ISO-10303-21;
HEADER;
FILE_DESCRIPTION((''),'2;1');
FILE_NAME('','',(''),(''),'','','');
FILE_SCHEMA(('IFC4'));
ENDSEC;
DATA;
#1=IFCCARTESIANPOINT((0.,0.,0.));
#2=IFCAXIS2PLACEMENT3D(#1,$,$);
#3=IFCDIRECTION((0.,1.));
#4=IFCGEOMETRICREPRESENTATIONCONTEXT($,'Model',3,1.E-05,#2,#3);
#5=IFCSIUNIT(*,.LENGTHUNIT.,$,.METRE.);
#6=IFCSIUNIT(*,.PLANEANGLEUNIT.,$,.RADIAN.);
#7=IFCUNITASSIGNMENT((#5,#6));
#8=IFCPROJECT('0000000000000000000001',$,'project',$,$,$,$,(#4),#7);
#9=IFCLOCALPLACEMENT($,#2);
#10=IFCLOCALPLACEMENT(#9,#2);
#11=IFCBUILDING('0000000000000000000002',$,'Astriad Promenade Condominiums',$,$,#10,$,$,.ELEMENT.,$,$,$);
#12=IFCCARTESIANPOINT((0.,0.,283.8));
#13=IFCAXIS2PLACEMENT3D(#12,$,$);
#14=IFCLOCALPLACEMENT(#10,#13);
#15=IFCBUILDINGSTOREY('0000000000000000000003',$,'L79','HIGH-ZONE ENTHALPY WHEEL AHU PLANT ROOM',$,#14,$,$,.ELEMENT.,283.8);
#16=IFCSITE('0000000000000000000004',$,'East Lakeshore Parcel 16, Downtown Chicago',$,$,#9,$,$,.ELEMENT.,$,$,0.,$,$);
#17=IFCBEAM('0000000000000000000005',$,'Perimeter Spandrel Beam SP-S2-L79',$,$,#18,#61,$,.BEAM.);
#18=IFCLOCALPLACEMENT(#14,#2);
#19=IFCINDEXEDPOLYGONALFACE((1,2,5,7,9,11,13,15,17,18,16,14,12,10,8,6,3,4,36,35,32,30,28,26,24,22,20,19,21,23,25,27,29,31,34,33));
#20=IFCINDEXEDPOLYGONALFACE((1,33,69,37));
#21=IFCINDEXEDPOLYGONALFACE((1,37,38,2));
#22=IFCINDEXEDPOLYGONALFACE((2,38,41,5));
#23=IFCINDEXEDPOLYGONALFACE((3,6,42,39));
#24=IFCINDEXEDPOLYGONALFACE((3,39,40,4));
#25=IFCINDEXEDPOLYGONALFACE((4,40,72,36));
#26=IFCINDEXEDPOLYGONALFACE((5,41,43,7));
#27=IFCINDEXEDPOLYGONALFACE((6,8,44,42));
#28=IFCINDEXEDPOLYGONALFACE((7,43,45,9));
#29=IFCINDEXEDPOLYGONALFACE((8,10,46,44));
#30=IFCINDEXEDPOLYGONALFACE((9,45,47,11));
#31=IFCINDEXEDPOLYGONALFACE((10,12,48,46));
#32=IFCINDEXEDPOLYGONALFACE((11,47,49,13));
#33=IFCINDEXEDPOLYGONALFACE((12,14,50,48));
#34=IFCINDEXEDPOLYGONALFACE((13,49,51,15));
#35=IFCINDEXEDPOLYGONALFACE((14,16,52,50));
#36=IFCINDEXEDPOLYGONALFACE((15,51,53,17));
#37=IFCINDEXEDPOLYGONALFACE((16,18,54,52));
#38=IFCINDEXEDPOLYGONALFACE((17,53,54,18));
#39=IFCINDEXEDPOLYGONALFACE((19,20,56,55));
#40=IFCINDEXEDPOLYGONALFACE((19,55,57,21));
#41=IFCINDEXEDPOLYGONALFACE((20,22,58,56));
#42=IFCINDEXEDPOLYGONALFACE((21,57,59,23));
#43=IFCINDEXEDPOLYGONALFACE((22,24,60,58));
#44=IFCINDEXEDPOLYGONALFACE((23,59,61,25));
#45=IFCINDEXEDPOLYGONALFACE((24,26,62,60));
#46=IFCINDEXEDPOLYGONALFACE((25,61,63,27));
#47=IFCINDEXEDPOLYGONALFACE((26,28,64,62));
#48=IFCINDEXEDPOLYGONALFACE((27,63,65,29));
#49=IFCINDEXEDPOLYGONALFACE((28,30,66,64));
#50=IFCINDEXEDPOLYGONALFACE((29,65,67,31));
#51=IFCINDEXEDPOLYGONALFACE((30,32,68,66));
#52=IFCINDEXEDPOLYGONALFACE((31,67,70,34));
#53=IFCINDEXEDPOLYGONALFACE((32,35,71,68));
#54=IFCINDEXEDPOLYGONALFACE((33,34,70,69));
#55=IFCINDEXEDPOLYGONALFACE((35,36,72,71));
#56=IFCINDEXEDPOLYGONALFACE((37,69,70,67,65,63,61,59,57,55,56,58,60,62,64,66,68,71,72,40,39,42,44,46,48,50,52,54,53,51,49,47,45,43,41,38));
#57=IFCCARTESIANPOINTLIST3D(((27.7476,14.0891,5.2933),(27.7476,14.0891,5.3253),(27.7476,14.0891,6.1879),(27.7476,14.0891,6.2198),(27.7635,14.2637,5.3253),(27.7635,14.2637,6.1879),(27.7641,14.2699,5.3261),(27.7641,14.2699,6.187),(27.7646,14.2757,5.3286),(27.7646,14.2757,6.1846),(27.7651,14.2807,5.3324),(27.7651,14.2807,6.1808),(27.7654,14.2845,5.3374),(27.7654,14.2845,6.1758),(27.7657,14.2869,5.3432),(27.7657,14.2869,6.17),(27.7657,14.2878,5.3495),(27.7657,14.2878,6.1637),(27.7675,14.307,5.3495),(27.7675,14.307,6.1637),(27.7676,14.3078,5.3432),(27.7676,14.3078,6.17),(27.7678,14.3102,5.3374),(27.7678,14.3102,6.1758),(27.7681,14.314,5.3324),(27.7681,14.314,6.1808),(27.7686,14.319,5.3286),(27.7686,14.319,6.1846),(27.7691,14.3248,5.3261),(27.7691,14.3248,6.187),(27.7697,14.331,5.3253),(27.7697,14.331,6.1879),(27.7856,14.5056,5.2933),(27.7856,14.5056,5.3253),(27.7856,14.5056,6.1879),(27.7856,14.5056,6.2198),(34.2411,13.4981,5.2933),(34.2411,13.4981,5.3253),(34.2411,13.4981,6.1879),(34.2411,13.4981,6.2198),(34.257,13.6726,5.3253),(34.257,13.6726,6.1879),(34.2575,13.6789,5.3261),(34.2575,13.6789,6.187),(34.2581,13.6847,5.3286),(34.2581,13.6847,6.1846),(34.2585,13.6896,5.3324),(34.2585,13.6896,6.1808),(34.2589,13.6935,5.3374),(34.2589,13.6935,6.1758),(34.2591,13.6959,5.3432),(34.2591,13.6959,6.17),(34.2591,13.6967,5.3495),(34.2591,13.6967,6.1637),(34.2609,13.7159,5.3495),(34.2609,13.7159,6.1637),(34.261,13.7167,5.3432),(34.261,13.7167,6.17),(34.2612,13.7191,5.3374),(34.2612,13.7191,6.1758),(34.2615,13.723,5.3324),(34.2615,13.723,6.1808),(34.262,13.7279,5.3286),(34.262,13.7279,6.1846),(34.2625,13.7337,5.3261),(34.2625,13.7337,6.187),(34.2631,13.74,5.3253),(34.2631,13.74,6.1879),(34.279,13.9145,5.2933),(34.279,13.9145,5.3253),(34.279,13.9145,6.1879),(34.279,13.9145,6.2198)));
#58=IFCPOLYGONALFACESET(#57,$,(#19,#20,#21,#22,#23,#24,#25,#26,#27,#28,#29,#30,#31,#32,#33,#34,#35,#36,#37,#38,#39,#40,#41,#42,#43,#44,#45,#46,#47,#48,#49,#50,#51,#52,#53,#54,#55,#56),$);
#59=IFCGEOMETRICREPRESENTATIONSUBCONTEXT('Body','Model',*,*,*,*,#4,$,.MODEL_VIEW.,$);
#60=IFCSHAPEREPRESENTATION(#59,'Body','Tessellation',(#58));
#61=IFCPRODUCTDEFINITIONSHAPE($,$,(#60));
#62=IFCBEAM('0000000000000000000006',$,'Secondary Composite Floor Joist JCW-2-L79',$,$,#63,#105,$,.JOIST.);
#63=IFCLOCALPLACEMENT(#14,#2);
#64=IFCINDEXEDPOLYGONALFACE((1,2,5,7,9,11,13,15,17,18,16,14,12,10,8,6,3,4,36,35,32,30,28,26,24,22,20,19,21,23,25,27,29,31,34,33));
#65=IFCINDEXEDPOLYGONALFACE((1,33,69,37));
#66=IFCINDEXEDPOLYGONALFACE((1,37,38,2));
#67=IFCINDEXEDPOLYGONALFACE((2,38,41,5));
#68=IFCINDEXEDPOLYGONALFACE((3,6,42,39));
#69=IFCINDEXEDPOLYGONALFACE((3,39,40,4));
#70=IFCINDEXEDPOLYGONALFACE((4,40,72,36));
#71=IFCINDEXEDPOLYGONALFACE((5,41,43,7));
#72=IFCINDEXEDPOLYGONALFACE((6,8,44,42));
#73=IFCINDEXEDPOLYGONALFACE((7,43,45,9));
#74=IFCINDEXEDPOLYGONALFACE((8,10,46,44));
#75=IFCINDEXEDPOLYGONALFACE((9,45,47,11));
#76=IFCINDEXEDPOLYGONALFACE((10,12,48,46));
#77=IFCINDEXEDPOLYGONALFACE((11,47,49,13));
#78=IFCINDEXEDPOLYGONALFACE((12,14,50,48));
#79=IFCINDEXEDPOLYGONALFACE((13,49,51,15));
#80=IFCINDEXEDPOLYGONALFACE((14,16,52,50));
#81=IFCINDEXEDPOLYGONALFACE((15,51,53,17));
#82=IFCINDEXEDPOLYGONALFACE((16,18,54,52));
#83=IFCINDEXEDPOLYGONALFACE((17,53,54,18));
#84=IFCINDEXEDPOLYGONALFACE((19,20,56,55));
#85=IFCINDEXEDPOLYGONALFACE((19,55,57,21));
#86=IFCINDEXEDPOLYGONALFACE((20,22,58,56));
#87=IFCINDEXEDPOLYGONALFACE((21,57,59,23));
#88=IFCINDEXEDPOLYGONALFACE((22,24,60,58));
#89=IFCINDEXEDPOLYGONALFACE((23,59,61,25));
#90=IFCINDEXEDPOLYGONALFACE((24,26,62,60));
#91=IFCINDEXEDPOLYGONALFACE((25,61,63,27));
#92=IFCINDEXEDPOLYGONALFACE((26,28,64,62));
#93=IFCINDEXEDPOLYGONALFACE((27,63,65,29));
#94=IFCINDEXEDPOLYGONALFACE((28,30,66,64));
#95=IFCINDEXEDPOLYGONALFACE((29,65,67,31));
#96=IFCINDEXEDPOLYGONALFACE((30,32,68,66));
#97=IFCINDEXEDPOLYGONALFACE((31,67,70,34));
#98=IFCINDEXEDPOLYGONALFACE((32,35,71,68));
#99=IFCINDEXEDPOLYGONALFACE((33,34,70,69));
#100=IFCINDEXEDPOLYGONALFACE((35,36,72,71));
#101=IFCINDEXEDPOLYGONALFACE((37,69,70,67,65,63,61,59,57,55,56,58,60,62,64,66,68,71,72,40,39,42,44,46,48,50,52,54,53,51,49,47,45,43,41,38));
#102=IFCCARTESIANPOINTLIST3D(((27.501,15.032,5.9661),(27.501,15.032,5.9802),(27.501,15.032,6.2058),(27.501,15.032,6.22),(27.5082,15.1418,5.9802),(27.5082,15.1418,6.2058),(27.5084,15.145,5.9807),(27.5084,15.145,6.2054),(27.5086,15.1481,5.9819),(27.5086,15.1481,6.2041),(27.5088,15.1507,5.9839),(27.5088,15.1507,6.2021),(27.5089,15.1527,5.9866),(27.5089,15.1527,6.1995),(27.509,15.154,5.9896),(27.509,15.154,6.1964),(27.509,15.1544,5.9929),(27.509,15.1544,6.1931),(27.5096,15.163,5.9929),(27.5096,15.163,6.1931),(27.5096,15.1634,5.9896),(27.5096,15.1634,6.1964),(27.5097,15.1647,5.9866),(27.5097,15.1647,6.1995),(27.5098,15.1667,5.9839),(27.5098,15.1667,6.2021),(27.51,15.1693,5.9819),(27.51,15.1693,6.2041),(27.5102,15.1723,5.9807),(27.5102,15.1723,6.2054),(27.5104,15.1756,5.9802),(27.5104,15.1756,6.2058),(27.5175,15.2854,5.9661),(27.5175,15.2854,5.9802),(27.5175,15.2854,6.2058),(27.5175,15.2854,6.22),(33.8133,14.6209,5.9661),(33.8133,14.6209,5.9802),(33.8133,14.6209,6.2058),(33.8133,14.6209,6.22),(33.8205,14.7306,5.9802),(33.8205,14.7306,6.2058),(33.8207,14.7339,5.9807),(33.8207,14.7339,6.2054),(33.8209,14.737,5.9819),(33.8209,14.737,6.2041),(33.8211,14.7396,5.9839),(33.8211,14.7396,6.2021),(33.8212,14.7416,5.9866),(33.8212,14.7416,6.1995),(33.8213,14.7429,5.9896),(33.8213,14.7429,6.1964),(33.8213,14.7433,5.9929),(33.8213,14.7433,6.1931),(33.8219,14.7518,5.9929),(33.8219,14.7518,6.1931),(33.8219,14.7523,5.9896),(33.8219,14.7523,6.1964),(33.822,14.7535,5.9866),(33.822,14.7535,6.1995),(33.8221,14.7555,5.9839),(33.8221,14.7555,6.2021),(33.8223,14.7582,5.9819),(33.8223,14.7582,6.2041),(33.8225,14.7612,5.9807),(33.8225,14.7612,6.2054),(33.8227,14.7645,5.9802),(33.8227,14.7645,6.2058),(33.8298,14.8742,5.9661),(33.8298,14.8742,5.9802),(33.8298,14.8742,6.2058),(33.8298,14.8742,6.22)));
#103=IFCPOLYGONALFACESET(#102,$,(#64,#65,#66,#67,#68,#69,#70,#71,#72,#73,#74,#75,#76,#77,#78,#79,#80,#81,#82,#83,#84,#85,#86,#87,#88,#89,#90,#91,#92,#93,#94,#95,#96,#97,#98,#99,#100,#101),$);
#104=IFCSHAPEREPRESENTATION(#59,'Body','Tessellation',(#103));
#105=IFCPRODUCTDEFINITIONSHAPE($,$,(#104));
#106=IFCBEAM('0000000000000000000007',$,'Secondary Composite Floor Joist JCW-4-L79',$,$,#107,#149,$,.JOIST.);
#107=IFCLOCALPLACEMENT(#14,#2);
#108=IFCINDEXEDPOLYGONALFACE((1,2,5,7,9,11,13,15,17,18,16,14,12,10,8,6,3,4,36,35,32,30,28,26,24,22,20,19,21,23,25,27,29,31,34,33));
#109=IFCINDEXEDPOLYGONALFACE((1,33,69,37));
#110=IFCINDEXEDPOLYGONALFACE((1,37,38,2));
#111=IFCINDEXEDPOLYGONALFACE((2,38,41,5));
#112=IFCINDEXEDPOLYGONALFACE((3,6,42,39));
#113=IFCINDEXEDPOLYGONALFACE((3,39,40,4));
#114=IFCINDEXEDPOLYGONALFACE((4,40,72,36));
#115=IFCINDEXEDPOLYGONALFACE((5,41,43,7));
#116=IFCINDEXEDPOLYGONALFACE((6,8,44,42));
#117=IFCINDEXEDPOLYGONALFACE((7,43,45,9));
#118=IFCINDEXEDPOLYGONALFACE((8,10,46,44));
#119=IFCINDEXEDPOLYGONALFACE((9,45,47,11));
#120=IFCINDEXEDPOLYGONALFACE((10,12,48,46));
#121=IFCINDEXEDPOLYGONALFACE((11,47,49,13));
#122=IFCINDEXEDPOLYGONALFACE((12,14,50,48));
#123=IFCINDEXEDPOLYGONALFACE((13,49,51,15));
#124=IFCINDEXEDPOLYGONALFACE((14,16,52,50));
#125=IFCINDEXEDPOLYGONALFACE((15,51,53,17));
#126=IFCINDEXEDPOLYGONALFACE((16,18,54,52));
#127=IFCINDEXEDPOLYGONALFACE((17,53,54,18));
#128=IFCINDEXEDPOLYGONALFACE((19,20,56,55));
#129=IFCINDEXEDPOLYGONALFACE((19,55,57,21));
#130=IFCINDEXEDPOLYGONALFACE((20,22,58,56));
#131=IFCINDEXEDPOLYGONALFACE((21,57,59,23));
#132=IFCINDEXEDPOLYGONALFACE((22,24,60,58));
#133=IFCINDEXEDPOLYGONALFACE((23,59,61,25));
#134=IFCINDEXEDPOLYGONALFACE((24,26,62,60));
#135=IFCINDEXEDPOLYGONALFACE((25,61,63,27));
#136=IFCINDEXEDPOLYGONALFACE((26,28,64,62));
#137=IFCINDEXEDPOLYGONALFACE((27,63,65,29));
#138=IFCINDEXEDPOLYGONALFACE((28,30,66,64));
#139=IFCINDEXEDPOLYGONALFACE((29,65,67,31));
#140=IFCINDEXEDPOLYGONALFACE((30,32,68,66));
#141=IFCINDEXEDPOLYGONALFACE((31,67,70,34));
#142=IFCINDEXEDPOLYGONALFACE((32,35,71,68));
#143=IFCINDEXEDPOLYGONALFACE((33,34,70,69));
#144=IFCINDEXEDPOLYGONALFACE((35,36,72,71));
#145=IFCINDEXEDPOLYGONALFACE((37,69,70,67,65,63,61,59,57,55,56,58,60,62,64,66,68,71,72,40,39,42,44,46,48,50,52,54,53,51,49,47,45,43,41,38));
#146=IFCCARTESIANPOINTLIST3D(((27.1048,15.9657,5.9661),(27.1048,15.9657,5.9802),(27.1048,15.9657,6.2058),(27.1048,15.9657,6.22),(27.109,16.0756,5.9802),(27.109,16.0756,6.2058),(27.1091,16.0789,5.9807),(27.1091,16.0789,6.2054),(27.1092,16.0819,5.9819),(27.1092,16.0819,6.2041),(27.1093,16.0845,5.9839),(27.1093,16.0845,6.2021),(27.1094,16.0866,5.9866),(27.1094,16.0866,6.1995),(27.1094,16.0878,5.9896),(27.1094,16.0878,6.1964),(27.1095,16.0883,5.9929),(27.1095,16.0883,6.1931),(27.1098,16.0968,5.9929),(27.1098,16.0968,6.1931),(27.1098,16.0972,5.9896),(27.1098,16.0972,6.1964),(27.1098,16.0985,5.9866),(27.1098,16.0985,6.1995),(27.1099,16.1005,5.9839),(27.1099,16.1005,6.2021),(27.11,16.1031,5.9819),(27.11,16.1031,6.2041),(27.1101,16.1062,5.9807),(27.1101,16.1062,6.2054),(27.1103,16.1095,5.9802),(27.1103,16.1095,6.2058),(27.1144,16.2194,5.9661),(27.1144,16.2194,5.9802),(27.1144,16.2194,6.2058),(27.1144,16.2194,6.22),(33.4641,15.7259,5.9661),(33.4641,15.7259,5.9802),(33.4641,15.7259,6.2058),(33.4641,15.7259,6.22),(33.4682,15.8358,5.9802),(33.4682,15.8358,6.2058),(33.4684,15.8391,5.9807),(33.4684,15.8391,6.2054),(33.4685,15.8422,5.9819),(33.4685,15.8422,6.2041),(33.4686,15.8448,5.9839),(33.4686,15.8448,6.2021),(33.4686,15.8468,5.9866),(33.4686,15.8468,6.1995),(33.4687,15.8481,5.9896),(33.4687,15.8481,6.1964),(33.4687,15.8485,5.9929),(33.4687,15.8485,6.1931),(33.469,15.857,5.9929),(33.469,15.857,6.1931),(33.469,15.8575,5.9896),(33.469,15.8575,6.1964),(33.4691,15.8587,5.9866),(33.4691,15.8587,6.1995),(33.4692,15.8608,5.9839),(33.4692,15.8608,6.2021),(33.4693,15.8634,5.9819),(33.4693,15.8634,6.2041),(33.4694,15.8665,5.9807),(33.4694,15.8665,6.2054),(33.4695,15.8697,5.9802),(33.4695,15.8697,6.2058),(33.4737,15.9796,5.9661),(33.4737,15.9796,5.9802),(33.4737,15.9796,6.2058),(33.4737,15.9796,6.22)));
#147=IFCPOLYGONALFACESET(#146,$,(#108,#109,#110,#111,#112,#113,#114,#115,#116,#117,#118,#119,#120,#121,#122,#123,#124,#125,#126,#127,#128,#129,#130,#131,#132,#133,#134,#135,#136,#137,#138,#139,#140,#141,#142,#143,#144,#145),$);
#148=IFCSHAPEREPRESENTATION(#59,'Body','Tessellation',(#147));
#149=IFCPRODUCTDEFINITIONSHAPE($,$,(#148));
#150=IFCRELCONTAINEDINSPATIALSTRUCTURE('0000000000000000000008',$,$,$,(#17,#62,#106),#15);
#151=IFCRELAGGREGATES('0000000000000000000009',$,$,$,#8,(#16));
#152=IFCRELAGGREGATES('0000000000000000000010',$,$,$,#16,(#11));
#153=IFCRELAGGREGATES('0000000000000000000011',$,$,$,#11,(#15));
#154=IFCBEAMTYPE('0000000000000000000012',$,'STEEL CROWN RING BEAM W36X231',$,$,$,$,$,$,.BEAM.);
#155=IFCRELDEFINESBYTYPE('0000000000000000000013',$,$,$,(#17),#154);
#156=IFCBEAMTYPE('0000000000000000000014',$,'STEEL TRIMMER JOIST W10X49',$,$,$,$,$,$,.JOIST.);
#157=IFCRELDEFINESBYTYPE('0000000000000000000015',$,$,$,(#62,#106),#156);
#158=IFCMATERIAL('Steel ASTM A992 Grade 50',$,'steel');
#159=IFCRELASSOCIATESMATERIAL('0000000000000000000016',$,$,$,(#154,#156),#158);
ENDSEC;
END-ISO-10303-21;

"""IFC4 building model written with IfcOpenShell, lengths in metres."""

from ifc_helpers import new_model, si_unit, direction, frame, origin, origin_2d, place, context, subcontext, project, spatial, i_section, extrude, source, transform, mapped, material, material_profile, profile_set, type_object, type_shapes, element, save


model = new_model("IFC4")

# Units and contexts
model_context = context("Model", 3, precision=1e-05, world=origin(), true_north=direction((0.0, 1.0)))
body_context = subcontext(model_context, "Body", "Model", "MODEL_VIEW")
ifc_project = project(units=[si_unit("LENGTHUNIT", "METRE"), si_unit("PLANEANGLEUNIT", "RADIAN")], contexts=[model_context])

# Site, building, storey
site_placement = place(None, origin())
site = spatial("IfcSite", under=ifc_project, at=site_placement, Name="East Lakeshore Parcel 16, Downtown Chicago", CompositionType="ELEMENT", RefElevation=0.0)
building_placement = place(site_placement, origin())
building = spatial("IfcBuilding", under=site, at=building_placement, Name="Astriad Promenade Condominiums", CompositionType="ELEMENT")
storey_placement = place(building_placement, frame((0.0, 0.0, 283.8)))
storey = spatial("IfcBuildingStorey", under=building, at=storey_placement, Name="L79", Description="HIGH-ZONE ENTHALPY WHEEL AHU PLANT ROOM", CompositionType="ELEMENT", Elevation=283.8)

# Shared definitions
ifc_material_1 = material(Name="Steel ASTM A992 Grade 50", Category="steel")

# Beams
ifc_material_profile_1 = material_profile(ifc_material_1, i_section(OverallWidth=0.4182, OverallDepth=0.9265, WebThickness=0.0193, FlangeThickness=0.032, FilletRadius=0.0242, at=origin_2d()), Name="W36X231")
ifc_profile_set_1 = profile_set([ifc_material_profile_1], Name="Steel ASTM A992 Grade 50")
beam_type_1 = type_object("IfcBeamType", Name="STEEL CROWN RING BEAM W36X231", PredefinedType="BEAM", material=ifc_profile_set_1)
shared_shape_1 = source(origin(), body_context, "Body", "SweptSolid", [
    extrude(i_section(OverallWidth=0.4182, OverallDepth=0.9265, WebThickness=0.0193, FlangeThickness=0.032, FilletRadius=0.0242, at=origin_2d()), origin(), (0.0, 0.0, 1.0), 6.5203),
])
type_shapes(beam_type_1, [shared_shape_1])
beam_1_placement = place(storey_placement, frame((27.7666, 14.2974, 5.7566), z_axis=(0.995883, -0.090651, 0.0), x_axis=(0.090651, 0.995883, 0.0)))
element("IfcBeam", 1, at=beam_1_placement, inside=storey, type_object=beam_type_1, Name="Perimeter Spandrel Beam SP-S2-L79", PredefinedType="BEAM", context=body_context, shape_type="MappedRepresentation", body=[
    mapped(shared_shape_1, transform((0.0, 0.0, 0.0), scale=1.0)),
])
ifc_material_profile_2 = material_profile(ifc_material_1, i_section(OverallWidth=0.2539, OverallDepth=0.2539, WebThickness=0.0085, FlangeThickness=0.0142, FilletRadius=0.0127, at=origin_2d()), Name="W10X49")
ifc_profile_set_2 = profile_set([ifc_material_profile_2], Name="Steel ASTM A992 Grade 50")
beam_type_2 = type_object("IfcBeamType", Name="STEEL TRIMMER JOIST W10X49", PredefinedType="JOIST", material=ifc_profile_set_2)
shared_shape_2 = source(origin(), body_context, "Body", "SweptSolid", [
    extrude(i_section(OverallWidth=0.2539, OverallDepth=0.2539, WebThickness=0.0085, FlangeThickness=0.0142, FilletRadius=0.0127, at=origin_2d()), origin(), (0.0, 0.0, 1.0), 6.3257),
])
beam_2_placement = place(storey_placement, frame((27.5093, 15.1587, 6.093), z_axis=(0.997886, -0.064995, 0.0), x_axis=(0.064995, 0.997886, 0.0)))
element("IfcBeam", 2, at=beam_2_placement, inside=storey, type_object=beam_type_2, Name="Secondary Composite Floor Joist JCW-2-L79", PredefinedType="JOIST", context=body_context, shape_type="MappedRepresentation", body=[
    mapped(shared_shape_2, transform((0.0, 0.0, 0.0), scale=1.0)),
])
shared_shape_3 = source(origin(), body_context, "Body", "SweptSolid", [
    extrude(i_section(OverallWidth=0.2539, OverallDepth=0.2539, WebThickness=0.0085, FlangeThickness=0.0142, FilletRadius=0.0127, at=origin_2d()), origin(), (0.0, 0.0, 1.0), 6.3638),
])
type_shapes(beam_type_2, [shared_shape_2, shared_shape_3])
beam_3_placement = place(storey_placement, frame((27.1096, 16.0925, 6.093), z_axis=(0.99929, -0.037674, 0.0), x_axis=(0.037674, 0.99929, 0.0)))
element("IfcBeam", 3, at=beam_3_placement, inside=storey, type_object=beam_type_2, Name="Secondary Composite Floor Joist JCW-4-L79", PredefinedType="JOIST", context=body_context, shape_type="MappedRepresentation", body=[
    mapped(shared_shape_3, transform((0.0, 0.0, 0.0), scale=1.0)),
])

save(model, "model.ifc")
